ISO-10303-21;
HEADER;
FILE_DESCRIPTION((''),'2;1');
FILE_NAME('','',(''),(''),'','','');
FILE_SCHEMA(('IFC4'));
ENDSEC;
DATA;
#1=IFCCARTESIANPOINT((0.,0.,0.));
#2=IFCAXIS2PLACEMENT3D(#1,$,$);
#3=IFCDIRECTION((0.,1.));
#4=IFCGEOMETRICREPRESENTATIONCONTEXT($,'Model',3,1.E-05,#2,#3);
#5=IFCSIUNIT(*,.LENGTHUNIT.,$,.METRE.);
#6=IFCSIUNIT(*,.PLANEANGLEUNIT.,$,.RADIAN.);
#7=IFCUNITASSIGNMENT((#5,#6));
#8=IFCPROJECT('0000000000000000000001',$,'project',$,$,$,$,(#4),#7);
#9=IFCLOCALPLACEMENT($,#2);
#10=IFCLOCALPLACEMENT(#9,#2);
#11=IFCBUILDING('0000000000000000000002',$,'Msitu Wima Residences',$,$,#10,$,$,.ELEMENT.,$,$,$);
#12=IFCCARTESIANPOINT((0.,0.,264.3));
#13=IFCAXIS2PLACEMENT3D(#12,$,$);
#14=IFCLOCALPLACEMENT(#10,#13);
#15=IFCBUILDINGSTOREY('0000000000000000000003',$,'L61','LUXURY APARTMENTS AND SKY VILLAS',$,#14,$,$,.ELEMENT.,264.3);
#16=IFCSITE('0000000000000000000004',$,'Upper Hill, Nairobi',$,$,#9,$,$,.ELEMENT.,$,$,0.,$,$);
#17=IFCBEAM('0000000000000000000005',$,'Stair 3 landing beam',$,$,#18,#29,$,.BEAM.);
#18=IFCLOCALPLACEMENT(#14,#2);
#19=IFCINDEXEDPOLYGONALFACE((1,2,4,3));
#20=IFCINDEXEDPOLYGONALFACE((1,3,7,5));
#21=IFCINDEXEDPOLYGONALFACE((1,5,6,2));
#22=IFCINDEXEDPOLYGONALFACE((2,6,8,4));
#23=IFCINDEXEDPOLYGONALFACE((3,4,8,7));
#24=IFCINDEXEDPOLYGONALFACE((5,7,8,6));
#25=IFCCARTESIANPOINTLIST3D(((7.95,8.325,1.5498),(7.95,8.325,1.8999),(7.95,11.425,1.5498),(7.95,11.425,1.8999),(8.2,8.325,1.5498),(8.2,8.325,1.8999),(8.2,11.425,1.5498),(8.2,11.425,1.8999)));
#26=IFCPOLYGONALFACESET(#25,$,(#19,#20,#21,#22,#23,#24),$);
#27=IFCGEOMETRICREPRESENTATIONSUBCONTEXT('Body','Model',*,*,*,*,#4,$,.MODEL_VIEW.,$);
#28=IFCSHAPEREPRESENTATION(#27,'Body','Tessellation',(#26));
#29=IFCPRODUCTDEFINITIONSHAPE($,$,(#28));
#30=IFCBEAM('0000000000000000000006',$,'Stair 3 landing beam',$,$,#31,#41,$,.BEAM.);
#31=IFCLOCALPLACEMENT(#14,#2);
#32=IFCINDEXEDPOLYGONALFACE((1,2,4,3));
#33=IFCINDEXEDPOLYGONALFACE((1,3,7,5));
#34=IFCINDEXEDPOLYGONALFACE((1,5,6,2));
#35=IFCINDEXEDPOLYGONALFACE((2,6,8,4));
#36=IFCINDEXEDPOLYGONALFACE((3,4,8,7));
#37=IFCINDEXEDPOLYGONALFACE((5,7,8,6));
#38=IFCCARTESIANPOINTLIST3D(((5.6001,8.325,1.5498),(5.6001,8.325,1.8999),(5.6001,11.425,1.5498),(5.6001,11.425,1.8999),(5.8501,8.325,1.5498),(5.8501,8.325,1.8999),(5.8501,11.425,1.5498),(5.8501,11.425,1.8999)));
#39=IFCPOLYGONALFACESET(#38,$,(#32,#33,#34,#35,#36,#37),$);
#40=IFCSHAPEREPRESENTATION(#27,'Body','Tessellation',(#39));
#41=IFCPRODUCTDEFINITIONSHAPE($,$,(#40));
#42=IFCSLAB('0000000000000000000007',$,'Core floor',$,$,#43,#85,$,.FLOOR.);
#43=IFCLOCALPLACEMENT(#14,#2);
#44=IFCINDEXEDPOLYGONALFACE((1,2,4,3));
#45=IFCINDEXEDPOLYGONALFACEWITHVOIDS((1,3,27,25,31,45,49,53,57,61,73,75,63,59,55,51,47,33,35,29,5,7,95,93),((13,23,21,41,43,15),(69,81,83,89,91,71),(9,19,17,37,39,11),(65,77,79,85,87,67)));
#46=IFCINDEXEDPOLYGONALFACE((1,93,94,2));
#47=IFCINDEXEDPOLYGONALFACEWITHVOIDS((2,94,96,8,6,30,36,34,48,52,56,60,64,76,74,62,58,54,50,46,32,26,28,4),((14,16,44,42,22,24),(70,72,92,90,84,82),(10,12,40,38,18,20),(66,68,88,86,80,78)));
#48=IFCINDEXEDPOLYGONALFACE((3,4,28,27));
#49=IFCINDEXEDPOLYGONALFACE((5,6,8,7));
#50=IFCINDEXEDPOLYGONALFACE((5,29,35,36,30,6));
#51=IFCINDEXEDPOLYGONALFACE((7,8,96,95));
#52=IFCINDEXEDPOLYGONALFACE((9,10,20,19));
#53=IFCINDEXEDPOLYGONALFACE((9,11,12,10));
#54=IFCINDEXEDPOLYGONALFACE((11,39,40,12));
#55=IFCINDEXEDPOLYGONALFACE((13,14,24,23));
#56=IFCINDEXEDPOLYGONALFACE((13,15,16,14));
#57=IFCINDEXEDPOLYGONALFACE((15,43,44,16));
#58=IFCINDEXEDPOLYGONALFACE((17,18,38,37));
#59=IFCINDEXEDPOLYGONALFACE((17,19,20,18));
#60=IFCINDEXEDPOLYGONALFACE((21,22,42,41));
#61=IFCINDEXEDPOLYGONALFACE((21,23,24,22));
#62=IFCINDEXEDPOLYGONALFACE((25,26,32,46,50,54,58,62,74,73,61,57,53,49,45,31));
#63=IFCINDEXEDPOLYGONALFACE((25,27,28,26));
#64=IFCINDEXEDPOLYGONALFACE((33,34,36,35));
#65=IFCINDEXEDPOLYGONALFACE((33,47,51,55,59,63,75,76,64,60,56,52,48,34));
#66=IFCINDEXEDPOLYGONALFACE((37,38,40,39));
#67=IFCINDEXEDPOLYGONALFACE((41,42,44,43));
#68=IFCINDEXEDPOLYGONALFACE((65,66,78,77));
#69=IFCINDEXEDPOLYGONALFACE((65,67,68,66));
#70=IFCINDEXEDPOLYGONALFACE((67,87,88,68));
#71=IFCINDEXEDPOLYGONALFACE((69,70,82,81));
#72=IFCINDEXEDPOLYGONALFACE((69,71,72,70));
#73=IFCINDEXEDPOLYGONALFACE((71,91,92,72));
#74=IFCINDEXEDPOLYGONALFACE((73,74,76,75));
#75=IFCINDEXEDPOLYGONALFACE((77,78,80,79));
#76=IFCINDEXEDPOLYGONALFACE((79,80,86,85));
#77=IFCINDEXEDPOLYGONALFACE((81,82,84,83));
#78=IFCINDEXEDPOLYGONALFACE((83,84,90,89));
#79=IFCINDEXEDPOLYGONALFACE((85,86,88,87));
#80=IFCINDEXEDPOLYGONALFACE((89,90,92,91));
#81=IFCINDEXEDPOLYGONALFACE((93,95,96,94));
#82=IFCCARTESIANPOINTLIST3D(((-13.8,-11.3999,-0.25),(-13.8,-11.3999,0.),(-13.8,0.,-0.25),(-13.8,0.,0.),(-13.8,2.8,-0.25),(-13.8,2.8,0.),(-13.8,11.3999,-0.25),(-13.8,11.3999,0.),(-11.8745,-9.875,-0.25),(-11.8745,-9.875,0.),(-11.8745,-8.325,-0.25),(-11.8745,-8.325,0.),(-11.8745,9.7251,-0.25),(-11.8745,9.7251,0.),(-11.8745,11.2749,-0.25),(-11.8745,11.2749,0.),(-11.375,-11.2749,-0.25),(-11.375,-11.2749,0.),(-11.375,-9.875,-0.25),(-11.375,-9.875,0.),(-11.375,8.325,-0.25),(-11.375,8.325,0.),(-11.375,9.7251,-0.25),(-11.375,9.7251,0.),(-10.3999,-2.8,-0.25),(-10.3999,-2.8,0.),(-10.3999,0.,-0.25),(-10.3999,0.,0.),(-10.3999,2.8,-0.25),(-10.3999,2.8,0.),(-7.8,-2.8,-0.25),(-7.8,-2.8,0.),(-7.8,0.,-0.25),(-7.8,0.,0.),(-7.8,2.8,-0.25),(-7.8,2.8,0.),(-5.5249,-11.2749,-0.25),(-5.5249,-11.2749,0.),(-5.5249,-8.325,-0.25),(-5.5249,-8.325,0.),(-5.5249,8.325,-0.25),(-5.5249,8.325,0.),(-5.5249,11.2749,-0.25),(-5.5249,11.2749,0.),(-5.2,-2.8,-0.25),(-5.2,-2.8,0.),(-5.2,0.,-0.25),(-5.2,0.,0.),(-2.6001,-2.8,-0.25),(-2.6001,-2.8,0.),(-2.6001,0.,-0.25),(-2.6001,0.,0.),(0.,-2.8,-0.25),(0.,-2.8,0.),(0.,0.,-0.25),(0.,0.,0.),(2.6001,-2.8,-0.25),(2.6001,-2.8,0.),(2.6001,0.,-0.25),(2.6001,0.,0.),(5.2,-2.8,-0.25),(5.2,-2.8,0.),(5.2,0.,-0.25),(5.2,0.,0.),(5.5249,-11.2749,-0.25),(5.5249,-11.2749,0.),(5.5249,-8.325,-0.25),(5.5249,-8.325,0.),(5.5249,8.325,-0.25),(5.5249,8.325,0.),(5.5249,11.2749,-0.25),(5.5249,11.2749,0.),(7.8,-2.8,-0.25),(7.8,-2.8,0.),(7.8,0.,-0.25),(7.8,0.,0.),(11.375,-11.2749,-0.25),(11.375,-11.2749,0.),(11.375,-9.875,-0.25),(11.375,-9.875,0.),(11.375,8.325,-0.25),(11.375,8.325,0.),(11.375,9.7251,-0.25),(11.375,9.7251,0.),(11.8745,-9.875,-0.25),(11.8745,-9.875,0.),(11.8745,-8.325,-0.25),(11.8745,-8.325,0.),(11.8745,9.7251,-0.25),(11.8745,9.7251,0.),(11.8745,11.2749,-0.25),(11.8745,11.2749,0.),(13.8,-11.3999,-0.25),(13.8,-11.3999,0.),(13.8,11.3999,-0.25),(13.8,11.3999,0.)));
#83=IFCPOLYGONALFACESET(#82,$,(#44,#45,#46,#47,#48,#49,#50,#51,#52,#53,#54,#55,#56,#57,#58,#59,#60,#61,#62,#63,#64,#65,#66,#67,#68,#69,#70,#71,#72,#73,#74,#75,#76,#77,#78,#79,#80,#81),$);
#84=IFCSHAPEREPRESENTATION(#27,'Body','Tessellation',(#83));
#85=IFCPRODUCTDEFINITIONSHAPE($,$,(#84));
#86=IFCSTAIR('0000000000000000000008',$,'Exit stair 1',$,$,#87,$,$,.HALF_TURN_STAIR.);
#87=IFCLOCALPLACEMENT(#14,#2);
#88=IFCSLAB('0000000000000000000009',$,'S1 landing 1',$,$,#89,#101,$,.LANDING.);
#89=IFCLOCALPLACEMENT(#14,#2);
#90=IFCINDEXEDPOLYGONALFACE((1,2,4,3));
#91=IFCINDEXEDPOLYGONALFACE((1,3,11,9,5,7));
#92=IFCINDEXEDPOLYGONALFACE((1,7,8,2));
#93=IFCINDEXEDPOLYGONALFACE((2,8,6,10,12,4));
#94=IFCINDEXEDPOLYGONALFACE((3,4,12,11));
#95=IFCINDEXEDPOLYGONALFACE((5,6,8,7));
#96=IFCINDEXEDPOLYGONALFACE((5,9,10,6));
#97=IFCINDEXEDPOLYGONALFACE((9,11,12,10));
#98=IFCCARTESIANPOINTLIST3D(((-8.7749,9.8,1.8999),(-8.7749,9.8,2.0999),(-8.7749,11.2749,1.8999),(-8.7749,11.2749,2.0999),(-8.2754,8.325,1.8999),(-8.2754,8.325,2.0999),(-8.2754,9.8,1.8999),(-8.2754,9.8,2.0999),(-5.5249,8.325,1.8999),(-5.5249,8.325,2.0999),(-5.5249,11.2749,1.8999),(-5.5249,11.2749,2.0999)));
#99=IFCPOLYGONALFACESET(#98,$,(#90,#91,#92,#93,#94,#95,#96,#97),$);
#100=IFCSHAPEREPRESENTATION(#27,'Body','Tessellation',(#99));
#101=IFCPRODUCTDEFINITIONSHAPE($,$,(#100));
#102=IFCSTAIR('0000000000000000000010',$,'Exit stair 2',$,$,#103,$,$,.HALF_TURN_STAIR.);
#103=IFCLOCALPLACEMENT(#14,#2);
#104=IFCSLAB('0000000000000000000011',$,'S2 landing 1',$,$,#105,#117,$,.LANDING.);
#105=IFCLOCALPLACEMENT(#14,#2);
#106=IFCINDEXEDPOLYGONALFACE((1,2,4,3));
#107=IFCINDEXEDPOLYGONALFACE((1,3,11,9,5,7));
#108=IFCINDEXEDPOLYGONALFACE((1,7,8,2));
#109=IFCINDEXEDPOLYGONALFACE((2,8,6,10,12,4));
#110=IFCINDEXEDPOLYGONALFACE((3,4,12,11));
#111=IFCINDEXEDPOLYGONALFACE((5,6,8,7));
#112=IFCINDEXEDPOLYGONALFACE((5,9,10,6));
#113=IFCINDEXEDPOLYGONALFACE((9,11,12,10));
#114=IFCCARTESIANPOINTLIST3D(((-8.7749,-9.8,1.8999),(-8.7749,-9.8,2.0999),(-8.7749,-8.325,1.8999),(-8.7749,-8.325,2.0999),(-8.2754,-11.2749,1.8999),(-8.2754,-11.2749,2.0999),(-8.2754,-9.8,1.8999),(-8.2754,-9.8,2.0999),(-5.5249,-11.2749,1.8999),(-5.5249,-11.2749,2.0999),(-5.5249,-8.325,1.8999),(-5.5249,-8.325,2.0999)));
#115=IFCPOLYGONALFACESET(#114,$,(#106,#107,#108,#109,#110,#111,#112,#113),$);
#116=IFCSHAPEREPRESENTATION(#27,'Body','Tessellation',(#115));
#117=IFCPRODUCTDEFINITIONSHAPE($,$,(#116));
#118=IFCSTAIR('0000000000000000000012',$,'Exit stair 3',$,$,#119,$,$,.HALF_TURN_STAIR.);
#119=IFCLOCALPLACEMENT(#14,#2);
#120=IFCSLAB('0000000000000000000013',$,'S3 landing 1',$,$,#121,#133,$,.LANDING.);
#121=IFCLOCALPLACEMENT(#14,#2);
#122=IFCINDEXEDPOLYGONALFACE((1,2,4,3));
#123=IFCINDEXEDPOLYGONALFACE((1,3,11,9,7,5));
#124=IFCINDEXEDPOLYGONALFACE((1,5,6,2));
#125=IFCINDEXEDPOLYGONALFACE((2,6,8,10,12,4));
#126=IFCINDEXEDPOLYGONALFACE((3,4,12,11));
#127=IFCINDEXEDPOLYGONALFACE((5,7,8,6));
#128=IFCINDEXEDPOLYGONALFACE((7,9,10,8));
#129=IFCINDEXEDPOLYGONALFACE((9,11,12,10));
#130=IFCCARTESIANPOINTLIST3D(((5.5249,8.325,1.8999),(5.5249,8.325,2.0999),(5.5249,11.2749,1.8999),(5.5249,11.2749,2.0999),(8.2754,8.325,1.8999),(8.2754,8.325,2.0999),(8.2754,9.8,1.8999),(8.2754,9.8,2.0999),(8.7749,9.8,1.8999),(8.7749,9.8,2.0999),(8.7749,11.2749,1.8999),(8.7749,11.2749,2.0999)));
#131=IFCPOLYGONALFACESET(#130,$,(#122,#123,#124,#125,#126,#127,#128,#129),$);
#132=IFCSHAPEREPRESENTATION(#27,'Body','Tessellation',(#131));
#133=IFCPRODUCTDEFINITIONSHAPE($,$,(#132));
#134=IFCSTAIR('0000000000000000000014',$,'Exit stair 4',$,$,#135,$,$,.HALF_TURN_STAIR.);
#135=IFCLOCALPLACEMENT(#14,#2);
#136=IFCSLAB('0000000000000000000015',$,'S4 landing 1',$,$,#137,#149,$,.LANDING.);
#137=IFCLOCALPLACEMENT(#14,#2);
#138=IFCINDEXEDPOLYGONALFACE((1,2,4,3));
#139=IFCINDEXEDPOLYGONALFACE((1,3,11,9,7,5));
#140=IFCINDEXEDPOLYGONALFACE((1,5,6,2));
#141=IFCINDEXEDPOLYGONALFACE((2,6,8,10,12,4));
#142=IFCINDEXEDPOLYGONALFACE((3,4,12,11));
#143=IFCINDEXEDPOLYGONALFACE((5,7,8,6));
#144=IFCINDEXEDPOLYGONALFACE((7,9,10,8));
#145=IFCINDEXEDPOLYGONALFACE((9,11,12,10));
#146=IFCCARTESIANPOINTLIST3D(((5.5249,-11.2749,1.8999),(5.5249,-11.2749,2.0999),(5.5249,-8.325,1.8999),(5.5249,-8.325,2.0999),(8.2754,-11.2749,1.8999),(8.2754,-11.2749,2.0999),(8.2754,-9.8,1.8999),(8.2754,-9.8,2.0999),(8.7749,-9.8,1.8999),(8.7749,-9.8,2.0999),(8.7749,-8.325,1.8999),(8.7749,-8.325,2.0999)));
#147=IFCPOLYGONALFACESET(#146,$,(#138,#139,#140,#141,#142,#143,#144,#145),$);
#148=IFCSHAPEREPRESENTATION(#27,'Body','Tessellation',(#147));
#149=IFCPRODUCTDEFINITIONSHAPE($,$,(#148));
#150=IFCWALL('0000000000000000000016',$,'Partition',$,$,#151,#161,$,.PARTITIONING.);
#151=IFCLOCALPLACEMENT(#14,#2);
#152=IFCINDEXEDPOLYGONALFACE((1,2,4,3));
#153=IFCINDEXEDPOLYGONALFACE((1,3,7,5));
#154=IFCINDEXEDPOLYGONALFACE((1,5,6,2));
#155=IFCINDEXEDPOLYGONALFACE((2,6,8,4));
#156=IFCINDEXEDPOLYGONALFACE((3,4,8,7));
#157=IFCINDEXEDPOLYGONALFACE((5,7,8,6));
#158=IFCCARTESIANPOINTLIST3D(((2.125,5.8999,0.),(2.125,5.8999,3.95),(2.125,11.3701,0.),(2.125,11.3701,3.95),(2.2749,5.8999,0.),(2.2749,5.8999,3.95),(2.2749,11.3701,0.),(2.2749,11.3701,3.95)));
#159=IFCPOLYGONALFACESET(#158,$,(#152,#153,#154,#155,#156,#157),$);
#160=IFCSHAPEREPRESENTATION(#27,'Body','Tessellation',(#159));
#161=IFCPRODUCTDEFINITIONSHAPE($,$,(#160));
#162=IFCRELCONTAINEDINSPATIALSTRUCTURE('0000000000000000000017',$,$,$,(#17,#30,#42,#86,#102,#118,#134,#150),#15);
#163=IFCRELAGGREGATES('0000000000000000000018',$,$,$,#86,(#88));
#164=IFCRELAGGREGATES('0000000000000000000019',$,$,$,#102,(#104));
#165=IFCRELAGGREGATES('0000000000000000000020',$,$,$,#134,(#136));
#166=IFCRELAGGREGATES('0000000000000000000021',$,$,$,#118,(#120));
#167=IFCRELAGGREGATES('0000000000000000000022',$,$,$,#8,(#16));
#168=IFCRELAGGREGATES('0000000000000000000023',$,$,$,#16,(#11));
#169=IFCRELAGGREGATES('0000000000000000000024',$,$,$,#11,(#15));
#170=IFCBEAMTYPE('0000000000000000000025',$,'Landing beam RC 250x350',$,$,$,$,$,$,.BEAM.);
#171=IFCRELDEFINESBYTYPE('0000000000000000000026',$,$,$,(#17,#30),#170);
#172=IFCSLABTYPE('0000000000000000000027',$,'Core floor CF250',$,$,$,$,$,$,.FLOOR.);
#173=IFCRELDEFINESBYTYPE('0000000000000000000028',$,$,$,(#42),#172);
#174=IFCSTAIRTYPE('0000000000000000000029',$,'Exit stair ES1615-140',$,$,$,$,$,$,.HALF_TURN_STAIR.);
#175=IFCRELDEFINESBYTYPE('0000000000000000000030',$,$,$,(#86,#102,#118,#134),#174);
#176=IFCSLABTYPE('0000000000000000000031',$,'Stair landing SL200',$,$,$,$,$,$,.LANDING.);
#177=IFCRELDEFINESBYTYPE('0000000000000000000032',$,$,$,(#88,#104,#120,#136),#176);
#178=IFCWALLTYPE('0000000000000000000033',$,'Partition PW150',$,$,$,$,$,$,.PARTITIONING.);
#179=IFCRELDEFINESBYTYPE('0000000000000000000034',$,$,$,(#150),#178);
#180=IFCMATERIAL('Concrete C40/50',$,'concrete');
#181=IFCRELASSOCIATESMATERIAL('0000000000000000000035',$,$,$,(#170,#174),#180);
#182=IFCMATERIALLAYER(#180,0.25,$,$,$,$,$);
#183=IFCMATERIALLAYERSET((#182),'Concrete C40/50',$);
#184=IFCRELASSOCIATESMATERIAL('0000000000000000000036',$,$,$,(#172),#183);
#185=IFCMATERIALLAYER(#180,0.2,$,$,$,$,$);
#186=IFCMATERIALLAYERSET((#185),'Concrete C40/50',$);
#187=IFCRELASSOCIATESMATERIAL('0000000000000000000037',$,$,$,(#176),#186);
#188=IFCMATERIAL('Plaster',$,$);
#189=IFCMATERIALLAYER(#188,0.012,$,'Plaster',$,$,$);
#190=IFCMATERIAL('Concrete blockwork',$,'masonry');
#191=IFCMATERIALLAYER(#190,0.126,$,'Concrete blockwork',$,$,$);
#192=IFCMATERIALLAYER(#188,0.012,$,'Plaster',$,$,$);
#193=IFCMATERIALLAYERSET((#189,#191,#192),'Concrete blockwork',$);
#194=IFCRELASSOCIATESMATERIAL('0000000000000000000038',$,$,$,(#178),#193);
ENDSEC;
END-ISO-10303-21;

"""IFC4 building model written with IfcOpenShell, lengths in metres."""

from ifc_helpers import new_model, si_unit, direction, frame, frame_2d, origin, origin_2d, place, context, subcontext, project, spatial, polyline, rectangle, outline, extrude, material, layer, layer_set, material_profile, profile_set, type_object, element, aggregate, save


model = new_model("IFC4")

# Units and contexts
model_context = context("Model", 3, precision=1e-05, world=origin(), true_north=direction((0.0, 1.0)))
body_context = subcontext(model_context, "Body", "Model", "MODEL_VIEW")
ifc_project = project(units=[si_unit("LENGTHUNIT", "METRE"), si_unit("PLANEANGLEUNIT", "RADIAN")], contexts=[model_context])

# Site, building, storey
site_placement = place(None, origin())
site = spatial("IfcSite", under=ifc_project, at=site_placement, Name="Upper Hill, Nairobi", CompositionType="ELEMENT", RefElevation=0.0)
building_placement = place(site_placement, origin())
building = spatial("IfcBuilding", under=site, at=building_placement, Name="Msitu Wima Residences", CompositionType="ELEMENT")
storey_placement = place(building_placement, frame((0.0, 0.0, 264.3)))
storey = spatial("IfcBuildingStorey", under=building, at=storey_placement, Name="L61", Description="LUXURY APARTMENTS AND SKY VILLAS", CompositionType="ELEMENT", Elevation=264.3)

# Beams
ifc_material_1 = material(Name="Concrete C40/50", Category="concrete")
ifc_material_profile = material_profile(ifc_material_1, rectangle(XDim=0.25, YDim=0.3501, at=origin_2d()), Name="RC 250x350")
ifc_profile_set = profile_set([ifc_material_profile], Name="Concrete C40/50")
beam_type = type_object("IfcBeamType", Name="Landing beam RC 250x350", PredefinedType="BEAM", material=ifc_profile_set)
for number, where, z_axis, x_axis, name in (
    (1, (8.075, 8.325, 1.7249), (0.0, 1.0, 0.0), (-1.0, 0.0, 0.0), "Stair 3 landing beam"),
    (2, (5.7251, 8.325, 1.7249), (0.0, 1.0, 0.0), (-1.0, 0.0, 0.0), "Stair 3 landing beam"),
):
    element("IfcBeam", number, at=place(storey_placement, frame(where, z_axis=z_axis, x_axis=x_axis)), inside=storey, type_object=beam_type, Name=name, PredefinedType="BEAM", context=body_context, shape_type="SweptSolid", body=[
        extrude(rectangle(XDim=0.25, YDim=0.3501, at=origin_2d()), origin(), (0.0, 0.0, 1.0), 3.1001),
    ])

# Slab
ifc_layer_1 = layer(ifc_material_1, 0.25)
ifc_layer_set_1 = layer_set([ifc_layer_1], Name="Concrete C40/50")
slab_type_1 = type_object("IfcSlabType", Name="Core floor CF250", PredefinedType="FLOOR", material=ifc_layer_set_1)
slab_1_placement = place(storey_placement, frame((0.0, 0.0, -0.25)))
element("IfcSlab", 3, at=slab_1_placement, inside=storey, type_object=slab_type_1, Name="Core floor", PredefinedType="FLOOR", context=body_context, shape_type="SweptSolid", body=[
    extrude(outline(polyline([(-13.8, 11.3999), (-13.8, 2.8), (-10.3999, 2.8), (-7.8, 2.8), (-7.8, 0.0), (-5.2, 0.0), (-2.6001, 0.0), (0.0, 0.0), (2.6001, 0.0), (5.2, 0.0), (7.8, 0.0), (7.8, -2.8), (5.2, -2.8), (2.6001, -2.8), (0.0, -2.8), (-2.6001, -2.8), (-5.2, -2.8), (-7.8, -2.8), (-10.3999, -2.8), (-10.3999, 0.0), (-13.8, 0.0), (-13.8, -11.3999), (13.8, -11.3999), (13.8, 11.3999), (-13.8, 11.3999)]), holes=[polyline([(-11.375, -11.2749), (-11.375, -9.875), (-11.8745, -9.875), (-11.8745, -8.325), (-5.5249, -8.325), (-5.5249, -11.2749), (-11.375, -11.2749)]), polyline([(-11.375, 8.325), (-11.375, 9.7251), (-11.8745, 9.7251), (-11.8745, 11.2749), (-5.5249, 11.2749), (-5.5249, 8.325), (-11.375, 8.325)]), polyline([(11.375, -9.875), (11.375, -11.2749), (5.5249, -11.2749), (5.5249, -8.325), (11.8745, -8.325), (11.8745, -9.875), (11.375, -9.875)]), polyline([(11.375, 9.7251), (11.375, 8.325), (5.5249, 8.325), (5.5249, 11.2749), (11.8745, 11.2749), (11.8745, 9.7251), (11.375, 9.7251)])]), origin(), (0.0, 0.0, 1.0), 0.25),
])

# Stairs, slabs
stair_type = type_object("IfcStairType", Name="Exit stair ES1615-140", PredefinedType="HALF_TURN_STAIR", material=ifc_material_1)
stair_1_placement = place(storey_placement, origin())
stair_1 = element("IfcStair", 4, at=stair_1_placement, inside=storey, type_object=stair_type, Name="Exit stair 1", PredefinedType="HALF_TURN_STAIR")
ifc_layer_2 = layer(ifc_material_1, 0.2)
ifc_layer_set_2 = layer_set([ifc_layer_2], Name="Concrete C40/50")
slab_type_2 = type_object("IfcSlabType", Name="Stair landing SL200", PredefinedType="LANDING", material=ifc_layer_set_2)
slab_2_placement = place(storey_placement, frame((0.0, 0.0, 1.8999)))
slab_2 = element("IfcSlab", 5, at=slab_2_placement, type_object=slab_type_2, Name="S1 landing 1", PredefinedType="LANDING", context=body_context, shape_type="SweptSolid", body=[
    extrude(outline(polyline([(-5.5249, 8.325), (-8.2754, 8.325), (-8.2754, 9.8), (-8.7749, 9.8), (-8.7749, 11.2749), (-5.5249, 11.2749), (-5.5249, 8.325)])), origin(), (0.0, 0.0, 1.0), 0.2),
])
aggregate(stair_1, [slab_2])
stair_2_placement = place(storey_placement, origin())
stair_2 = element("IfcStair", 6, at=stair_2_placement, inside=storey, type_object=stair_type, Name="Exit stair 2", PredefinedType="HALF_TURN_STAIR")
slab_3_placement = place(storey_placement, frame((0.0, 0.0, 1.8999)))
slab_3 = element("IfcSlab", 7, at=slab_3_placement, type_object=slab_type_2, Name="S2 landing 1", PredefinedType="LANDING", context=body_context, shape_type="SweptSolid", body=[
    extrude(outline(polyline([(-5.5249, -11.2749), (-8.2754, -11.2749), (-8.2754, -9.8), (-8.7749, -9.8), (-8.7749, -8.325), (-5.5249, -8.325), (-5.5249, -11.2749)])), origin(), (0.0, 0.0, 1.0), 0.2),
])
aggregate(stair_2, [slab_3])
stair_3_placement = place(storey_placement, origin())
stair_3 = element("IfcStair", 8, at=stair_3_placement, inside=storey, type_object=stair_type, Name="Exit stair 3", PredefinedType="HALF_TURN_STAIR")
slab_4_placement = place(storey_placement, frame((0.0, 0.0, 1.8999)))
slab_4 = element("IfcSlab", 9, at=slab_4_placement, type_object=slab_type_2, Name="S3 landing 1", PredefinedType="LANDING", context=body_context, shape_type="SweptSolid", body=[
    extrude(outline(polyline([(5.5249, 8.325), (8.2754, 8.325), (8.2754, 9.8), (8.7749, 9.8), (8.7749, 11.2749), (5.5249, 11.2749), (5.5249, 8.325)])), origin(), (0.0, 0.0, 1.0), 0.2),
])
stair_4_placement = place(storey_placement, origin())
stair_4 = element("IfcStair", 10, at=stair_4_placement, inside=storey, type_object=stair_type, Name="Exit stair 4", PredefinedType="HALF_TURN_STAIR")
slab_5_placement = place(storey_placement, frame((0.0, 0.0, 1.8999)))
slab_5 = element("IfcSlab", 11, at=slab_5_placement, type_object=slab_type_2, Name="S4 landing 1", PredefinedType="LANDING", context=body_context, shape_type="SweptSolid", body=[
    extrude(outline(polyline([(5.5249, -11.2749), (8.2754, -11.2749), (8.2754, -9.8), (8.7749, -9.8), (8.7749, -8.325), (5.5249, -8.325), (5.5249, -11.2749)])), origin(), (0.0, 0.0, 1.0), 0.2),
])
aggregate(stair_4, [slab_5])

# Wall
ifc_material_2 = material(Name="Plaster")
ifc_layer_3 = layer(ifc_material_2, 0.012, Name="Plaster")
ifc_material_3 = material(Name="Concrete blockwork", Category="masonry")
ifc_layer_4 = layer(ifc_material_3, 0.126, Name="Concrete blockwork")
ifc_layer_5 = layer(ifc_material_2, 0.012, Name="Plaster")
ifc_layer_set_3 = layer_set([ifc_layer_3, ifc_layer_4, ifc_layer_5], Name="Concrete blockwork")
wall_type_1 = type_object("IfcWallType", Name="Partition PW150", PredefinedType="PARTITIONING", material=ifc_layer_set_3)
wall_1_placement = place(storey_placement, frame((2.2, 5.8999, 0.0), z_axis=(0.0, 0.0, 1.0), x_axis=(0.0, 1.0, 0.0)))
element("IfcWall", 12, at=wall_1_placement, inside=storey, type_object=wall_type_1, Name="Partition", PredefinedType="PARTITIONING", context=body_context, shape_type="SweptSolid", body=[
    extrude(rectangle(XDim=5.4702, YDim=0.1499, at=frame_2d((2.7351, 0.0))), origin(), (0.0, 0.0, 1.0), 3.95),
])

aggregate(stair_3, [slab_4])

save(model, "model.ifc")
